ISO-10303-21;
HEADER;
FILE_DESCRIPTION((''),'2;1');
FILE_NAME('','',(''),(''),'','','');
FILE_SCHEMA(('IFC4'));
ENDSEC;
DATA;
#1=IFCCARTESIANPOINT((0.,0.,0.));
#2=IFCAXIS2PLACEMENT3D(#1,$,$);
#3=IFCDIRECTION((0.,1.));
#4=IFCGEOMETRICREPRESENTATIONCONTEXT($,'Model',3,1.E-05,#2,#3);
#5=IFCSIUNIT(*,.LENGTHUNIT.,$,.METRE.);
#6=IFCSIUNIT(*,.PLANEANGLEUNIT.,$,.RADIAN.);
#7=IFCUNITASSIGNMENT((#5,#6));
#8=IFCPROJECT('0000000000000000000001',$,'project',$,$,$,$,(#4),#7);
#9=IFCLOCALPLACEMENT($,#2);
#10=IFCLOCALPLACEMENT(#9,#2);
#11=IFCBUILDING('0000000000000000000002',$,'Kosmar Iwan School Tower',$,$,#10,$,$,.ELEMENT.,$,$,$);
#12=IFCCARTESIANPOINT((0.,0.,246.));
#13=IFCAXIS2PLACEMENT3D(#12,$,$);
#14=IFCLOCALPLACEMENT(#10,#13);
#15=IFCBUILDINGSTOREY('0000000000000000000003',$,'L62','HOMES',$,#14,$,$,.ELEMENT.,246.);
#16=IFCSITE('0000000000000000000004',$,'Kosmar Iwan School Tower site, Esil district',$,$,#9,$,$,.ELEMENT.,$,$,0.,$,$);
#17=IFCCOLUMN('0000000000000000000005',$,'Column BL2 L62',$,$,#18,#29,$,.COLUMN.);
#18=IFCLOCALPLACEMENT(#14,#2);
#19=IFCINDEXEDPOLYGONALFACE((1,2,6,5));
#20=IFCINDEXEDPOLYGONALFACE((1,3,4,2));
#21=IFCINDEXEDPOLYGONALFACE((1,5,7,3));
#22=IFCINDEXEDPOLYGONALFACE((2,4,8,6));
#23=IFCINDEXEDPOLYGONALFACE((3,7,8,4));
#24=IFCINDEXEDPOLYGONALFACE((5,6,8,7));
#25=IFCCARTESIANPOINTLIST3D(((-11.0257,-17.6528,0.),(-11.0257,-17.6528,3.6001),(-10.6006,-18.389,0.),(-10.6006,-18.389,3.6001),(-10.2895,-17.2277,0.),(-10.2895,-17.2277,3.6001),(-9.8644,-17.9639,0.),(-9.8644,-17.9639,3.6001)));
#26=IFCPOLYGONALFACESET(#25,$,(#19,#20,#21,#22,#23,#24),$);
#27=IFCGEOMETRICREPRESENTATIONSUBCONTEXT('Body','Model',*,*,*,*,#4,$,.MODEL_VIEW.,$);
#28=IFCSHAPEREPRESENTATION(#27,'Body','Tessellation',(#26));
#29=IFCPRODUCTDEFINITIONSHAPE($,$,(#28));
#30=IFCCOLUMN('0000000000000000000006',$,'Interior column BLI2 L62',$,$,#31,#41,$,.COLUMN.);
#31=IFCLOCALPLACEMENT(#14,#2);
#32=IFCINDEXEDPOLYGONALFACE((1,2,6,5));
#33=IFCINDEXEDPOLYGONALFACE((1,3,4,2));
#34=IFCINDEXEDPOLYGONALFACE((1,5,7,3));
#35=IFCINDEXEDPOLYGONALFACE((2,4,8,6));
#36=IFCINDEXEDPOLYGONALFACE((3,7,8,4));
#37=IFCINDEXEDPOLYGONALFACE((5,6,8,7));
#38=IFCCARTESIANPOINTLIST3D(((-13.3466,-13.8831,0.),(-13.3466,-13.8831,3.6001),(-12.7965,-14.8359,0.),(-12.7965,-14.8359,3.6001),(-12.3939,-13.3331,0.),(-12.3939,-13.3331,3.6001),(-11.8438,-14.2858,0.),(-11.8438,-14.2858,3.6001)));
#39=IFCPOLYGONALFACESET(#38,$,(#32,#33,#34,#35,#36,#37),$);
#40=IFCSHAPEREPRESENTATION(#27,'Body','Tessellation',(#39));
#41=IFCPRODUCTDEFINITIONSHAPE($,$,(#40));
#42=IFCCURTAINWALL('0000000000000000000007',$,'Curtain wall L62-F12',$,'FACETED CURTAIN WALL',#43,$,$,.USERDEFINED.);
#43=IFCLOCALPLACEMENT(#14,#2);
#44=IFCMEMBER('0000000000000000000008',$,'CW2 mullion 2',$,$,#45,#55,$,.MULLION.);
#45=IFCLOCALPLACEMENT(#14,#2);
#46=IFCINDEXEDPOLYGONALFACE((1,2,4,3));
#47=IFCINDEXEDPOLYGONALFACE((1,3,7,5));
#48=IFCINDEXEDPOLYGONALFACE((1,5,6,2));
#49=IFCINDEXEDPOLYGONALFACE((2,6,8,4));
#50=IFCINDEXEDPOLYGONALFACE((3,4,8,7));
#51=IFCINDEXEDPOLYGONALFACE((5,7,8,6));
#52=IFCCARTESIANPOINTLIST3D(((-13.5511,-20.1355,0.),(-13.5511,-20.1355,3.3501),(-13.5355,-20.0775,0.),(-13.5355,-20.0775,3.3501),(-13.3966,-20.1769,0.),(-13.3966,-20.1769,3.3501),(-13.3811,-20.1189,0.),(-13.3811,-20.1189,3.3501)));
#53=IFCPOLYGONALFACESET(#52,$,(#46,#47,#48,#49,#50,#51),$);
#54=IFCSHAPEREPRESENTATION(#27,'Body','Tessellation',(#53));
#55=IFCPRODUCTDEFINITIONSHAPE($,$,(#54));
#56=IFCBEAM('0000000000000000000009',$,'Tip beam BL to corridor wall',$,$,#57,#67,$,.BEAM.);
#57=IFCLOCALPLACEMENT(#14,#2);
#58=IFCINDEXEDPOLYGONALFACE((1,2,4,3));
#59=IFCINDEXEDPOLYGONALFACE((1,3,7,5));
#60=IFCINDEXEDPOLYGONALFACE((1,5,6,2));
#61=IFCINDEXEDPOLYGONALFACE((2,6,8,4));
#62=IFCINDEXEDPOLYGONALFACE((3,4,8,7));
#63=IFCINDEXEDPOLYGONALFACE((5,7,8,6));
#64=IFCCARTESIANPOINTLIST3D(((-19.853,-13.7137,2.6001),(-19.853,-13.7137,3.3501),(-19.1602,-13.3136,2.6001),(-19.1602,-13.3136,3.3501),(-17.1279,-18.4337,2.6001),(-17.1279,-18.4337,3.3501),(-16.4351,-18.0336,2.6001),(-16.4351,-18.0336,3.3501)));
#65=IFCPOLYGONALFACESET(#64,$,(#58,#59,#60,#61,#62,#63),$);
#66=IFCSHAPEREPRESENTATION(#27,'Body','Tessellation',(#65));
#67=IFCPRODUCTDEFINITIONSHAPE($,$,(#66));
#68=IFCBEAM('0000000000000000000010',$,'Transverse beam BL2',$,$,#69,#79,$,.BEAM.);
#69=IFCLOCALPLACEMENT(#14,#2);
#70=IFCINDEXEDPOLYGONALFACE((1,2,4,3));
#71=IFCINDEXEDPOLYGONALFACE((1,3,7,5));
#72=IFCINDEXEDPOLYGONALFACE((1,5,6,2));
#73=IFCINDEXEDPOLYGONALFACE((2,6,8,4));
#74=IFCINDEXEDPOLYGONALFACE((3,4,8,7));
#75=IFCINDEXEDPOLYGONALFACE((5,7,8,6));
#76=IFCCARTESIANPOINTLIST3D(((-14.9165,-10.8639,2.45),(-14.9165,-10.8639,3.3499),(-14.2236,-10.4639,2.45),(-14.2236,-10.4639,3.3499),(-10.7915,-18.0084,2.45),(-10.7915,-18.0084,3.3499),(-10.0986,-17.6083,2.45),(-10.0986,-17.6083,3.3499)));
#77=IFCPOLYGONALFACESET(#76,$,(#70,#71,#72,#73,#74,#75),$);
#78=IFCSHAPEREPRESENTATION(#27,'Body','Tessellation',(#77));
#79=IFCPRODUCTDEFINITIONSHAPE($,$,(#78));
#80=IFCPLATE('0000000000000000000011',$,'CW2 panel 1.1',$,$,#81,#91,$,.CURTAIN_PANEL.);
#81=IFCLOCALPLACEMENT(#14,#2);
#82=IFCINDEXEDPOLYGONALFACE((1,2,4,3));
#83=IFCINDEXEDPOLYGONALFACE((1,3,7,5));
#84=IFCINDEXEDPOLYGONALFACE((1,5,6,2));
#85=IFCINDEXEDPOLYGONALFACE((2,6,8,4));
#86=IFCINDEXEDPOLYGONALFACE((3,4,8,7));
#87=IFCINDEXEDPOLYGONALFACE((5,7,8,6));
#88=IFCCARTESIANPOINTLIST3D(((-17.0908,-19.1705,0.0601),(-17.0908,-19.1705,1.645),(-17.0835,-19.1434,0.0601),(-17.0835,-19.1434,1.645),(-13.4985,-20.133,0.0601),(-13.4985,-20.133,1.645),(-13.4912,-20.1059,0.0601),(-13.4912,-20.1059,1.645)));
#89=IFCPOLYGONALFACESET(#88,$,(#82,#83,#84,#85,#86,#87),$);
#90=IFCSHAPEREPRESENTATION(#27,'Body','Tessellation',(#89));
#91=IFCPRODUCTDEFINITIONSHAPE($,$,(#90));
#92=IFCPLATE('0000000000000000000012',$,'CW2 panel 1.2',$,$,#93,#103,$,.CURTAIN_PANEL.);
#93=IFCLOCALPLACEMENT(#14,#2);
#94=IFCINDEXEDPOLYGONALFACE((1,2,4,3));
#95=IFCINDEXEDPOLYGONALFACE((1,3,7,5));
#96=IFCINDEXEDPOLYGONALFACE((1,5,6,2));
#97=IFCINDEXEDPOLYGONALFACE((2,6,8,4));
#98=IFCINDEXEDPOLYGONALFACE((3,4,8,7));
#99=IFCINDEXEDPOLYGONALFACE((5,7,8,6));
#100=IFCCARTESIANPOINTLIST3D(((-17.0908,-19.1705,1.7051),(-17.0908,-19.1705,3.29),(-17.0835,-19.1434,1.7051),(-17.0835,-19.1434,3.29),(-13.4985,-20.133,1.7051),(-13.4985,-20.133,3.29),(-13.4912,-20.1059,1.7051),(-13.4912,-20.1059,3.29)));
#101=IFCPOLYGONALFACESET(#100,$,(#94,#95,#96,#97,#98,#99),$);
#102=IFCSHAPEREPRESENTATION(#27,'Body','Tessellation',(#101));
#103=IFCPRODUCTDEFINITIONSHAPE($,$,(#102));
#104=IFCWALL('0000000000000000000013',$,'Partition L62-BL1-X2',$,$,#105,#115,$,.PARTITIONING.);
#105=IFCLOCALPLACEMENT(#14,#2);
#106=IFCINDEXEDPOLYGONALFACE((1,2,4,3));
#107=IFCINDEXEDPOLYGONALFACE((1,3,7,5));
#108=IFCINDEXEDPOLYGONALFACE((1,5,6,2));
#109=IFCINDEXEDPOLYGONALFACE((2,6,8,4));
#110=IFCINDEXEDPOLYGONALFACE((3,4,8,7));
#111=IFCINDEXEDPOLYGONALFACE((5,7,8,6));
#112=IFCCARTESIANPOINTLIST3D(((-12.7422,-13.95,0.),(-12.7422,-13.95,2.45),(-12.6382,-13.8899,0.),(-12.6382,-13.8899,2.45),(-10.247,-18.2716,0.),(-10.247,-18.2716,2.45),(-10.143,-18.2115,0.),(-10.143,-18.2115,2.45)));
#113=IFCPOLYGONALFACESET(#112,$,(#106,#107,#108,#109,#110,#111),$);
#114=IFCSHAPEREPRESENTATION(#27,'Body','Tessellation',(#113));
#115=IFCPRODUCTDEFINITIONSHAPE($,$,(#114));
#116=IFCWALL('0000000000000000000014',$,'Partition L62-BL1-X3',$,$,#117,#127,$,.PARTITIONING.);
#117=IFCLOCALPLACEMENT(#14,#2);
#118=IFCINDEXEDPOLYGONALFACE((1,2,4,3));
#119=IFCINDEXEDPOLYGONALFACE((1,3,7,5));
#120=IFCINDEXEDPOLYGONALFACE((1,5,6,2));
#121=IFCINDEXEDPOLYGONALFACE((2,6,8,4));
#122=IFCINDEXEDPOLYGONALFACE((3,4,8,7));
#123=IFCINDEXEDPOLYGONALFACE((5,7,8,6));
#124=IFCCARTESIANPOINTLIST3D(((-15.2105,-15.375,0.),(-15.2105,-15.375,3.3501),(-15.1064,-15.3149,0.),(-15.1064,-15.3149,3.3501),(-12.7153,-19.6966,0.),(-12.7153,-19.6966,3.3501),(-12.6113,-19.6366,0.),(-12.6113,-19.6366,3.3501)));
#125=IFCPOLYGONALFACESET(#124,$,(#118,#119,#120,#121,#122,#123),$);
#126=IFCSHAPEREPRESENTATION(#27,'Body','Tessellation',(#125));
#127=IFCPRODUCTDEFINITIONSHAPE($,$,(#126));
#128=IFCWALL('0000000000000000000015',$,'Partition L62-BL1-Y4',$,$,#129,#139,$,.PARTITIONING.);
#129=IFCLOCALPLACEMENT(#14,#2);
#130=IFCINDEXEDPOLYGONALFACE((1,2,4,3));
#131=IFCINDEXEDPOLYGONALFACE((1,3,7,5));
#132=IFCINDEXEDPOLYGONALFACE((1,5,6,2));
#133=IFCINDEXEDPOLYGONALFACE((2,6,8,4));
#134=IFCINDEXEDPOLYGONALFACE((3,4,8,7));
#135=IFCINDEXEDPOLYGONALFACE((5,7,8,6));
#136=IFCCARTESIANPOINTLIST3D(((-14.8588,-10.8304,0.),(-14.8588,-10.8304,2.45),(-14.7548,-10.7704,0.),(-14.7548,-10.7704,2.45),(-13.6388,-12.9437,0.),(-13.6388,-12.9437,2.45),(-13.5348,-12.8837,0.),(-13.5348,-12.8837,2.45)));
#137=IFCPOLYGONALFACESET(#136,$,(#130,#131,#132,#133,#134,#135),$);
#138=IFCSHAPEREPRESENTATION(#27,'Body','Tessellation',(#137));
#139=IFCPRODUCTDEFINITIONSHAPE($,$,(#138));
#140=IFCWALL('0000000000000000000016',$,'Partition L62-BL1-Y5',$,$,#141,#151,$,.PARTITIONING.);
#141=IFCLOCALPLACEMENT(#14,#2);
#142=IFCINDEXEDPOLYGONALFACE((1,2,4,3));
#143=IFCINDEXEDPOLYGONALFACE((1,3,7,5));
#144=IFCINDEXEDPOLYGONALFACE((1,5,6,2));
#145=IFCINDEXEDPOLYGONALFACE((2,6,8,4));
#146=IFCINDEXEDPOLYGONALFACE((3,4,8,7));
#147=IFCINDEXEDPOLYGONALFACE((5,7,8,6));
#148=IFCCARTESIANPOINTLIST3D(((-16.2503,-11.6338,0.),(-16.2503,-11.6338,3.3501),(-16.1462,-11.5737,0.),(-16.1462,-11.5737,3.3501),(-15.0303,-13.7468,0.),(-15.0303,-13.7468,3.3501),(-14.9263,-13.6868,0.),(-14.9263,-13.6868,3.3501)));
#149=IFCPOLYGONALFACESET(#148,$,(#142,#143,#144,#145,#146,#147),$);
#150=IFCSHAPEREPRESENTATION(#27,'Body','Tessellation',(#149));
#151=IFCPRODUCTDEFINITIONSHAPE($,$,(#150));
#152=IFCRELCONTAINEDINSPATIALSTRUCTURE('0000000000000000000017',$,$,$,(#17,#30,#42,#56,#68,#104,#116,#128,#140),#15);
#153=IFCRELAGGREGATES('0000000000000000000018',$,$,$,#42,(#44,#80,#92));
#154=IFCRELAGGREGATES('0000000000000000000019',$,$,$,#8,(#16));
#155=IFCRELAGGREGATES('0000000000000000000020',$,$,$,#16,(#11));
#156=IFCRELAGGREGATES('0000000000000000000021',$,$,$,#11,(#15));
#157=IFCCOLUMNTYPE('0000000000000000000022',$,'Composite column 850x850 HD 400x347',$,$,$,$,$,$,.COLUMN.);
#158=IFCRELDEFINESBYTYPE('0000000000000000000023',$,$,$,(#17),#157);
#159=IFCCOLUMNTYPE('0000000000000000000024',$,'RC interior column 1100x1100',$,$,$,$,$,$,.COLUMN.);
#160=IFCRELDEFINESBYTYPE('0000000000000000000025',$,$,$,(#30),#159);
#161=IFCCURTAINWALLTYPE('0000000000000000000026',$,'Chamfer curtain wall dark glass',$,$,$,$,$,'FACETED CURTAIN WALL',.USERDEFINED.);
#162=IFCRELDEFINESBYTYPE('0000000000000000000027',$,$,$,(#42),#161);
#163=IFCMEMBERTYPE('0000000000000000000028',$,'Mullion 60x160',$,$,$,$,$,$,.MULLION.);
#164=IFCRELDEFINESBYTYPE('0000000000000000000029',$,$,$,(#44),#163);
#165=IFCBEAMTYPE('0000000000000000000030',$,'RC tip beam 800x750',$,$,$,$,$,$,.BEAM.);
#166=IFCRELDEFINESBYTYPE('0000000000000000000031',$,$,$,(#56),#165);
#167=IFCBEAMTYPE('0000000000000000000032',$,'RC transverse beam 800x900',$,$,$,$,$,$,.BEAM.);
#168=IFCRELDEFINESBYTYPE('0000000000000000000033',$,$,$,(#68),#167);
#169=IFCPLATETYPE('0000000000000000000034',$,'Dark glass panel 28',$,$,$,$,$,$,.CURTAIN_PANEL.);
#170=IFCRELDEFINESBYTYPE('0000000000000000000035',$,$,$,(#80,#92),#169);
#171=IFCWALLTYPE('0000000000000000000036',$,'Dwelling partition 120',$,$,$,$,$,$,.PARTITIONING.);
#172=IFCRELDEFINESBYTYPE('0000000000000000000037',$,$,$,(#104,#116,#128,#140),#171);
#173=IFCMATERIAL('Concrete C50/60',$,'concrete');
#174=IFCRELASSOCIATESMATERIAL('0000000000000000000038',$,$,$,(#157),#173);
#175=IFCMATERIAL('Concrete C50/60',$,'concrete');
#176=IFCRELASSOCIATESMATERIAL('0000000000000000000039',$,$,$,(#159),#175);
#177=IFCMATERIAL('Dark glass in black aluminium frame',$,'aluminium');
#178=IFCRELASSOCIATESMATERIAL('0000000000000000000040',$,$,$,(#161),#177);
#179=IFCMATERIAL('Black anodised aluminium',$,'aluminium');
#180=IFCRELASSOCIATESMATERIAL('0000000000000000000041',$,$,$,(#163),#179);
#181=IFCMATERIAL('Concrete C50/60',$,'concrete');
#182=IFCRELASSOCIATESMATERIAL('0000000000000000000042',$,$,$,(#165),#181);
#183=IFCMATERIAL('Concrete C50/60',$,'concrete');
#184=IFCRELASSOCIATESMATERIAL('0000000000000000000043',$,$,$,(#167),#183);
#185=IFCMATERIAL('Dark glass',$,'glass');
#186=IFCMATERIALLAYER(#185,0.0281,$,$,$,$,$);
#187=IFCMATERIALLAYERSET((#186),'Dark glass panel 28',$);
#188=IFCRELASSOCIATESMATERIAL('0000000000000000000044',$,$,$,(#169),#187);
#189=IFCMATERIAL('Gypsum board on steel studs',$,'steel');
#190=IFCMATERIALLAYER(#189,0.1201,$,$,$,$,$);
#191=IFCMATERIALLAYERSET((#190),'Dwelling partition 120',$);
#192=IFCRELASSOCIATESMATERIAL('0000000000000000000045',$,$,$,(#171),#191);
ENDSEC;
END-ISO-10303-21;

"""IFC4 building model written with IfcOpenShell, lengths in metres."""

from ifc_helpers import new_model, si_unit, direction, frame, frame_2d, origin, origin_2d, place, context, subcontext, project, spatial, rectangle, extrude, material, layer, layer_set, material_profile, profile_set, type_object, element, aggregate, save


model = new_model("IFC4")

# Units and contexts
model_context = context("Model", 3, precision=1e-05, world=origin(), true_north=direction((0.0, 1.0)))
body_context = subcontext(model_context, "Body", "Model", "MODEL_VIEW")
ifc_project = project(units=[si_unit("LENGTHUNIT", "METRE"), si_unit("PLANEANGLEUNIT", "RADIAN")], contexts=[model_context])

# Site, building, storey
site_placement = place(None, origin())
site = spatial("IfcSite", under=ifc_project, at=site_placement, Name="Kosmar Iwan School Tower site, Esil district", CompositionType="ELEMENT", RefElevation=0.0)
building_placement = place(site_placement, origin())
building = spatial("IfcBuilding", under=site, at=building_placement, Name="Kosmar Iwan School Tower", CompositionType="ELEMENT")
storey_placement = place(building_placement, frame((0.0, 0.0, 246.0)))
storey = spatial("IfcBuildingStorey", under=building, at=storey_placement, Name="L62", Description="HOMES", CompositionType="ELEMENT", Elevation=246.0)

# Columns
ifc_material_1 = material(Name="Concrete C50/60", Category="concrete")
ifc_material_profile_1 = material_profile(ifc_material_1, rectangle(XDim=0.8501, YDim=0.8501, at=origin_2d()), Name="RC 850x850 + HD 400x347")
ifc_profile_set_1 = profile_set([ifc_material_profile_1], Name="Concrete C50/60")
column_type_1 = type_object("IfcColumnType", Name="Composite column 850x850 HD 400x347", PredefinedType="COLUMN", material=ifc_profile_set_1)
column_1_placement = place(storey_placement, frame((-10.4451, -17.8083, 0.0), z_axis=(0.0, 0.0, 1.0), x_axis=(-0.866025, -0.5, 0.0)))
element("IfcColumn", 1, at=column_1_placement, inside=storey, type_object=column_type_1, Name="Column BL2 L62", PredefinedType="COLUMN", context=body_context, shape_type="SweptSolid", body=[
    extrude(rectangle(XDim=0.8501, YDim=0.8501, at=origin_2d()), origin(), (0.0, 0.0, 1.0), 3.6001),
])
ifc_material_2 = material(Name="Concrete C50/60", Category="concrete")
ifc_material_profile_2 = material_profile(ifc_material_2, rectangle(XDim=1.1001, YDim=1.1001, at=origin_2d()), Name="RC 1100x1100")
ifc_profile_set_2 = profile_set([ifc_material_profile_2], Name="Concrete C50/60")
column_type_2 = type_object("IfcColumnType", Name="RC interior column 1100x1100", PredefinedType="COLUMN", material=ifc_profile_set_2)
column_2_placement = place(storey_placement, frame((-12.5952, -14.0845, 0.0), z_axis=(0.0, 0.0, 1.0), x_axis=(-0.866025, -0.5, 0.0)))
element("IfcColumn", 2, at=column_2_placement, inside=storey, type_object=column_type_2, Name="Interior column BLI2 L62", PredefinedType="COLUMN", context=body_context, shape_type="SweptSolid", body=[
    extrude(rectangle(XDim=1.1001, YDim=1.1001, at=origin_2d()), origin(), (0.0, 0.0, 1.0), 3.6001),
])

# Curtain wall, member
ifc_material_3 = material(Name="Dark glass in black aluminium frame", Category="aluminium")
curtain_wall_type = type_object("IfcCurtainWallType", Name="Chamfer curtain wall dark glass", ElementType="FACETED CURTAIN WALL", PredefinedType="USERDEFINED", material=ifc_material_3)
curtain_wall_placement = place(storey_placement, origin())
curtain_wall = element("IfcCurtainWall", 3, at=curtain_wall_placement, inside=storey, type_object=curtain_wall_type, Name="Curtain wall L62-F12", ObjectType="FACETED CURTAIN WALL", PredefinedType="USERDEFINED")
ifc_material_4 = material(Name="Black anodised aluminium", Category="aluminium")
ifc_material_profile_3 = material_profile(ifc_material_4, rectangle(XDim=0.0601, YDim=0.1599, at=origin_2d()), Name="MULLION 60x160")
ifc_profile_set_3 = profile_set([ifc_material_profile_3], Name="Black anodised aluminium")
member_type = type_object("IfcMemberType", Name="Mullion 60x160", PredefinedType="MULLION", material=ifc_profile_set_3)
member_placement = place(storey_placement, frame((-13.4661, -20.1272, 0.0), z_axis=(0.0, 0.0, 1.0), x_axis=(0.258819, 0.965926, 0.0)))
member = element("IfcMember", 4, at=member_placement, type_object=member_type, Name="CW2 mullion 2", PredefinedType="MULLION", context=body_context, shape_type="SweptSolid", body=[
    extrude(rectangle(XDim=0.0601, YDim=0.1599, at=origin_2d()), origin(), (0.0, 0.0, 1.0), 3.3501),
])

# Beams
ifc_material_5 = material(Name="Concrete C50/60", Category="concrete")
ifc_material_profile_4 = material_profile(ifc_material_5, rectangle(XDim=0.8, YDim=0.75, at=origin_2d()), Name="RC 800x750")
ifc_profile_set_4 = profile_set([ifc_material_profile_4], Name="Concrete C50/60")
beam_type_1 = type_object("IfcBeamType", Name="RC tip beam 800x750", PredefinedType="BEAM", material=ifc_profile_set_4)
beam_1_placement = place(storey_placement, frame((-16.7815, -18.2336, 2.9751), z_axis=(-0.500003, 0.866024, 0.0), x_axis=(-0.866024, -0.500003, 0.0)))
element("IfcBeam", 5, at=beam_1_placement, inside=storey, type_object=beam_type_1, Name="Tip beam BL to corridor wall", PredefinedType="BEAM", context=body_context, shape_type="SweptSolid", body=[
    extrude(rectangle(XDim=0.8, YDim=0.75, at=origin_2d()), origin(), (0.0, 0.0, 1.0), 5.4502),
])
ifc_material_6 = material(Name="Concrete C50/60", Category="concrete")
ifc_material_profile_5 = material_profile(ifc_material_6, rectangle(XDim=0.8, YDim=0.8999, at=origin_2d()), Name="RC 800x900")
ifc_profile_set_5 = profile_set([ifc_material_profile_5], Name="Concrete C50/60")
beam_type_2 = type_object("IfcBeamType", Name="RC transverse beam 800x900", PredefinedType="BEAM", material=ifc_profile_set_5)
beam_2_placement = place(storey_placement, frame((-10.4451, -17.8083, 2.8999), z_axis=(-0.500009, 0.86602, 0.0), x_axis=(-0.86602, -0.500009, 0.0)))
element("IfcBeam", 6, at=beam_2_placement, inside=storey, type_object=beam_type_2, Name="Transverse beam BL2", PredefinedType="BEAM", context=body_context, shape_type="SweptSolid", body=[
    extrude(rectangle(XDim=0.8, YDim=0.8999, at=origin_2d()), origin(), (0.0, 0.0, 1.0), 8.2498),
])

# Plates
ifc_material_7 = material(Name="Dark glass", Category="glass")
ifc_layer_1 = layer(ifc_material_7, 0.0281)
ifc_layer_set_1 = layer_set([ifc_layer_1], Name="Dark glass panel 28")
plate_type = type_object("IfcPlateType", Name="Dark glass panel 28", PredefinedType="CURTAIN_PANEL", material=ifc_layer_set_1)
plate_1_placement = place(storey_placement, frame((-15.291, -19.6382, 0.0601), z_axis=(0.0, 0.0, 1.0), x_axis=(0.965926, -0.258819, 0.0)))
plate_1 = element("IfcPlate", 7, at=plate_1_placement, type_object=plate_type, Name="CW2 panel 1.1", PredefinedType="CURTAIN_PANEL", context=body_context, shape_type="SweptSolid", body=[
    extrude(rectangle(XDim=3.719, YDim=0.0281, at=origin_2d()), origin(), (0.0, 0.0, 1.0), 1.585),
])
plate_2_placement = place(storey_placement, frame((-15.291, -19.6382, 1.7051), z_axis=(0.0, 0.0, 1.0), x_axis=(0.965926, -0.258819, 0.0)))
plate_2 = element("IfcPlate", 8, at=plate_2_placement, type_object=plate_type, Name="CW2 panel 1.2", PredefinedType="CURTAIN_PANEL", context=body_context, shape_type="SweptSolid", body=[
    extrude(rectangle(XDim=3.719, YDim=0.0281, at=origin_2d()), origin(), (0.0, 0.0, 1.0), 1.585),
])
aggregate(curtain_wall, [member, plate_1, plate_2])

# Walls
ifc_material_8 = material(Name="Gypsum board on steel studs", Category="steel")
ifc_layer_2 = layer(ifc_material_8, 0.1201)
ifc_layer_set_2 = layer_set([ifc_layer_2], Name="Dwelling partition 120")
wall_type = type_object("IfcWallType", Name="Dwelling partition 120", PredefinedType="PARTITIONING", material=ifc_layer_set_2)
wall_1_placement = place(storey_placement, frame((-12.6902, -13.9199, 0.0), z_axis=(0.0, 0.0, 1.0), x_axis=(0.500012, -0.866019, 0.0)))
element("IfcWall", 9, at=wall_1_placement, inside=storey, type_object=wall_type, Name="Partition L62-BL1-X2", PredefinedType="PARTITIONING", context=body_context, shape_type="SweptSolid", body=[
    extrude(rectangle(XDim=4.9902, YDim=0.1201, at=frame_2d((2.4951, 0.0))), origin(), (0.0, 0.0, 1.0), 2.45),
])
wall_2_placement = place(storey_placement, frame((-15.1584, -15.345, 0.0), z_axis=(0.0, 0.0, 1.0), x_axis=(0.500012, -0.866019, 0.0)))
element("IfcWall", 10, at=wall_2_placement, inside=storey, type_object=wall_type, Name="Partition L62-BL1-X3", PredefinedType="PARTITIONING", context=body_context, shape_type="SweptSolid", body=[
    extrude(rectangle(XDim=4.9902, YDim=0.1201, at=frame_2d((2.4951, 0.0))), origin(), (0.0, 0.0, 1.0), 3.3501),
])
wall_3_placement = place(storey_placement, frame((-14.8069, -10.8003, 0.0), z_axis=(0.0, 0.0, 1.0), x_axis=(0.499959, -0.866049, 0.0)))
element("IfcWall", 11, at=wall_3_placement, inside=storey, type_object=wall_type, Name="Partition L62-BL1-Y4", PredefinedType="PARTITIONING", context=body_context, shape_type="SweptSolid", body=[
    extrude(rectangle(XDim=2.4402, YDim=0.1201, at=frame_2d((1.2202, 0.0))), origin(), (0.0, 0.0, 1.0), 2.45),
])
wall_4_placement = place(storey_placement, frame((-16.1982, -11.6038, 0.0), z_axis=(0.0, 0.0, 1.0), x_axis=(0.500003, -0.866024, 0.0)))
element("IfcWall", 12, at=wall_4_placement, inside=storey, type_object=wall_type, Name="Partition L62-BL1-Y5", PredefinedType="PARTITIONING", context=body_context, shape_type="SweptSolid", body=[
    extrude(rectangle(XDim=2.4399, YDim=0.1201, at=frame_2d((1.22, 0.0))), origin(), (0.0, 0.0, 1.0), 3.3501),
])

save(model, "model.ifc")
